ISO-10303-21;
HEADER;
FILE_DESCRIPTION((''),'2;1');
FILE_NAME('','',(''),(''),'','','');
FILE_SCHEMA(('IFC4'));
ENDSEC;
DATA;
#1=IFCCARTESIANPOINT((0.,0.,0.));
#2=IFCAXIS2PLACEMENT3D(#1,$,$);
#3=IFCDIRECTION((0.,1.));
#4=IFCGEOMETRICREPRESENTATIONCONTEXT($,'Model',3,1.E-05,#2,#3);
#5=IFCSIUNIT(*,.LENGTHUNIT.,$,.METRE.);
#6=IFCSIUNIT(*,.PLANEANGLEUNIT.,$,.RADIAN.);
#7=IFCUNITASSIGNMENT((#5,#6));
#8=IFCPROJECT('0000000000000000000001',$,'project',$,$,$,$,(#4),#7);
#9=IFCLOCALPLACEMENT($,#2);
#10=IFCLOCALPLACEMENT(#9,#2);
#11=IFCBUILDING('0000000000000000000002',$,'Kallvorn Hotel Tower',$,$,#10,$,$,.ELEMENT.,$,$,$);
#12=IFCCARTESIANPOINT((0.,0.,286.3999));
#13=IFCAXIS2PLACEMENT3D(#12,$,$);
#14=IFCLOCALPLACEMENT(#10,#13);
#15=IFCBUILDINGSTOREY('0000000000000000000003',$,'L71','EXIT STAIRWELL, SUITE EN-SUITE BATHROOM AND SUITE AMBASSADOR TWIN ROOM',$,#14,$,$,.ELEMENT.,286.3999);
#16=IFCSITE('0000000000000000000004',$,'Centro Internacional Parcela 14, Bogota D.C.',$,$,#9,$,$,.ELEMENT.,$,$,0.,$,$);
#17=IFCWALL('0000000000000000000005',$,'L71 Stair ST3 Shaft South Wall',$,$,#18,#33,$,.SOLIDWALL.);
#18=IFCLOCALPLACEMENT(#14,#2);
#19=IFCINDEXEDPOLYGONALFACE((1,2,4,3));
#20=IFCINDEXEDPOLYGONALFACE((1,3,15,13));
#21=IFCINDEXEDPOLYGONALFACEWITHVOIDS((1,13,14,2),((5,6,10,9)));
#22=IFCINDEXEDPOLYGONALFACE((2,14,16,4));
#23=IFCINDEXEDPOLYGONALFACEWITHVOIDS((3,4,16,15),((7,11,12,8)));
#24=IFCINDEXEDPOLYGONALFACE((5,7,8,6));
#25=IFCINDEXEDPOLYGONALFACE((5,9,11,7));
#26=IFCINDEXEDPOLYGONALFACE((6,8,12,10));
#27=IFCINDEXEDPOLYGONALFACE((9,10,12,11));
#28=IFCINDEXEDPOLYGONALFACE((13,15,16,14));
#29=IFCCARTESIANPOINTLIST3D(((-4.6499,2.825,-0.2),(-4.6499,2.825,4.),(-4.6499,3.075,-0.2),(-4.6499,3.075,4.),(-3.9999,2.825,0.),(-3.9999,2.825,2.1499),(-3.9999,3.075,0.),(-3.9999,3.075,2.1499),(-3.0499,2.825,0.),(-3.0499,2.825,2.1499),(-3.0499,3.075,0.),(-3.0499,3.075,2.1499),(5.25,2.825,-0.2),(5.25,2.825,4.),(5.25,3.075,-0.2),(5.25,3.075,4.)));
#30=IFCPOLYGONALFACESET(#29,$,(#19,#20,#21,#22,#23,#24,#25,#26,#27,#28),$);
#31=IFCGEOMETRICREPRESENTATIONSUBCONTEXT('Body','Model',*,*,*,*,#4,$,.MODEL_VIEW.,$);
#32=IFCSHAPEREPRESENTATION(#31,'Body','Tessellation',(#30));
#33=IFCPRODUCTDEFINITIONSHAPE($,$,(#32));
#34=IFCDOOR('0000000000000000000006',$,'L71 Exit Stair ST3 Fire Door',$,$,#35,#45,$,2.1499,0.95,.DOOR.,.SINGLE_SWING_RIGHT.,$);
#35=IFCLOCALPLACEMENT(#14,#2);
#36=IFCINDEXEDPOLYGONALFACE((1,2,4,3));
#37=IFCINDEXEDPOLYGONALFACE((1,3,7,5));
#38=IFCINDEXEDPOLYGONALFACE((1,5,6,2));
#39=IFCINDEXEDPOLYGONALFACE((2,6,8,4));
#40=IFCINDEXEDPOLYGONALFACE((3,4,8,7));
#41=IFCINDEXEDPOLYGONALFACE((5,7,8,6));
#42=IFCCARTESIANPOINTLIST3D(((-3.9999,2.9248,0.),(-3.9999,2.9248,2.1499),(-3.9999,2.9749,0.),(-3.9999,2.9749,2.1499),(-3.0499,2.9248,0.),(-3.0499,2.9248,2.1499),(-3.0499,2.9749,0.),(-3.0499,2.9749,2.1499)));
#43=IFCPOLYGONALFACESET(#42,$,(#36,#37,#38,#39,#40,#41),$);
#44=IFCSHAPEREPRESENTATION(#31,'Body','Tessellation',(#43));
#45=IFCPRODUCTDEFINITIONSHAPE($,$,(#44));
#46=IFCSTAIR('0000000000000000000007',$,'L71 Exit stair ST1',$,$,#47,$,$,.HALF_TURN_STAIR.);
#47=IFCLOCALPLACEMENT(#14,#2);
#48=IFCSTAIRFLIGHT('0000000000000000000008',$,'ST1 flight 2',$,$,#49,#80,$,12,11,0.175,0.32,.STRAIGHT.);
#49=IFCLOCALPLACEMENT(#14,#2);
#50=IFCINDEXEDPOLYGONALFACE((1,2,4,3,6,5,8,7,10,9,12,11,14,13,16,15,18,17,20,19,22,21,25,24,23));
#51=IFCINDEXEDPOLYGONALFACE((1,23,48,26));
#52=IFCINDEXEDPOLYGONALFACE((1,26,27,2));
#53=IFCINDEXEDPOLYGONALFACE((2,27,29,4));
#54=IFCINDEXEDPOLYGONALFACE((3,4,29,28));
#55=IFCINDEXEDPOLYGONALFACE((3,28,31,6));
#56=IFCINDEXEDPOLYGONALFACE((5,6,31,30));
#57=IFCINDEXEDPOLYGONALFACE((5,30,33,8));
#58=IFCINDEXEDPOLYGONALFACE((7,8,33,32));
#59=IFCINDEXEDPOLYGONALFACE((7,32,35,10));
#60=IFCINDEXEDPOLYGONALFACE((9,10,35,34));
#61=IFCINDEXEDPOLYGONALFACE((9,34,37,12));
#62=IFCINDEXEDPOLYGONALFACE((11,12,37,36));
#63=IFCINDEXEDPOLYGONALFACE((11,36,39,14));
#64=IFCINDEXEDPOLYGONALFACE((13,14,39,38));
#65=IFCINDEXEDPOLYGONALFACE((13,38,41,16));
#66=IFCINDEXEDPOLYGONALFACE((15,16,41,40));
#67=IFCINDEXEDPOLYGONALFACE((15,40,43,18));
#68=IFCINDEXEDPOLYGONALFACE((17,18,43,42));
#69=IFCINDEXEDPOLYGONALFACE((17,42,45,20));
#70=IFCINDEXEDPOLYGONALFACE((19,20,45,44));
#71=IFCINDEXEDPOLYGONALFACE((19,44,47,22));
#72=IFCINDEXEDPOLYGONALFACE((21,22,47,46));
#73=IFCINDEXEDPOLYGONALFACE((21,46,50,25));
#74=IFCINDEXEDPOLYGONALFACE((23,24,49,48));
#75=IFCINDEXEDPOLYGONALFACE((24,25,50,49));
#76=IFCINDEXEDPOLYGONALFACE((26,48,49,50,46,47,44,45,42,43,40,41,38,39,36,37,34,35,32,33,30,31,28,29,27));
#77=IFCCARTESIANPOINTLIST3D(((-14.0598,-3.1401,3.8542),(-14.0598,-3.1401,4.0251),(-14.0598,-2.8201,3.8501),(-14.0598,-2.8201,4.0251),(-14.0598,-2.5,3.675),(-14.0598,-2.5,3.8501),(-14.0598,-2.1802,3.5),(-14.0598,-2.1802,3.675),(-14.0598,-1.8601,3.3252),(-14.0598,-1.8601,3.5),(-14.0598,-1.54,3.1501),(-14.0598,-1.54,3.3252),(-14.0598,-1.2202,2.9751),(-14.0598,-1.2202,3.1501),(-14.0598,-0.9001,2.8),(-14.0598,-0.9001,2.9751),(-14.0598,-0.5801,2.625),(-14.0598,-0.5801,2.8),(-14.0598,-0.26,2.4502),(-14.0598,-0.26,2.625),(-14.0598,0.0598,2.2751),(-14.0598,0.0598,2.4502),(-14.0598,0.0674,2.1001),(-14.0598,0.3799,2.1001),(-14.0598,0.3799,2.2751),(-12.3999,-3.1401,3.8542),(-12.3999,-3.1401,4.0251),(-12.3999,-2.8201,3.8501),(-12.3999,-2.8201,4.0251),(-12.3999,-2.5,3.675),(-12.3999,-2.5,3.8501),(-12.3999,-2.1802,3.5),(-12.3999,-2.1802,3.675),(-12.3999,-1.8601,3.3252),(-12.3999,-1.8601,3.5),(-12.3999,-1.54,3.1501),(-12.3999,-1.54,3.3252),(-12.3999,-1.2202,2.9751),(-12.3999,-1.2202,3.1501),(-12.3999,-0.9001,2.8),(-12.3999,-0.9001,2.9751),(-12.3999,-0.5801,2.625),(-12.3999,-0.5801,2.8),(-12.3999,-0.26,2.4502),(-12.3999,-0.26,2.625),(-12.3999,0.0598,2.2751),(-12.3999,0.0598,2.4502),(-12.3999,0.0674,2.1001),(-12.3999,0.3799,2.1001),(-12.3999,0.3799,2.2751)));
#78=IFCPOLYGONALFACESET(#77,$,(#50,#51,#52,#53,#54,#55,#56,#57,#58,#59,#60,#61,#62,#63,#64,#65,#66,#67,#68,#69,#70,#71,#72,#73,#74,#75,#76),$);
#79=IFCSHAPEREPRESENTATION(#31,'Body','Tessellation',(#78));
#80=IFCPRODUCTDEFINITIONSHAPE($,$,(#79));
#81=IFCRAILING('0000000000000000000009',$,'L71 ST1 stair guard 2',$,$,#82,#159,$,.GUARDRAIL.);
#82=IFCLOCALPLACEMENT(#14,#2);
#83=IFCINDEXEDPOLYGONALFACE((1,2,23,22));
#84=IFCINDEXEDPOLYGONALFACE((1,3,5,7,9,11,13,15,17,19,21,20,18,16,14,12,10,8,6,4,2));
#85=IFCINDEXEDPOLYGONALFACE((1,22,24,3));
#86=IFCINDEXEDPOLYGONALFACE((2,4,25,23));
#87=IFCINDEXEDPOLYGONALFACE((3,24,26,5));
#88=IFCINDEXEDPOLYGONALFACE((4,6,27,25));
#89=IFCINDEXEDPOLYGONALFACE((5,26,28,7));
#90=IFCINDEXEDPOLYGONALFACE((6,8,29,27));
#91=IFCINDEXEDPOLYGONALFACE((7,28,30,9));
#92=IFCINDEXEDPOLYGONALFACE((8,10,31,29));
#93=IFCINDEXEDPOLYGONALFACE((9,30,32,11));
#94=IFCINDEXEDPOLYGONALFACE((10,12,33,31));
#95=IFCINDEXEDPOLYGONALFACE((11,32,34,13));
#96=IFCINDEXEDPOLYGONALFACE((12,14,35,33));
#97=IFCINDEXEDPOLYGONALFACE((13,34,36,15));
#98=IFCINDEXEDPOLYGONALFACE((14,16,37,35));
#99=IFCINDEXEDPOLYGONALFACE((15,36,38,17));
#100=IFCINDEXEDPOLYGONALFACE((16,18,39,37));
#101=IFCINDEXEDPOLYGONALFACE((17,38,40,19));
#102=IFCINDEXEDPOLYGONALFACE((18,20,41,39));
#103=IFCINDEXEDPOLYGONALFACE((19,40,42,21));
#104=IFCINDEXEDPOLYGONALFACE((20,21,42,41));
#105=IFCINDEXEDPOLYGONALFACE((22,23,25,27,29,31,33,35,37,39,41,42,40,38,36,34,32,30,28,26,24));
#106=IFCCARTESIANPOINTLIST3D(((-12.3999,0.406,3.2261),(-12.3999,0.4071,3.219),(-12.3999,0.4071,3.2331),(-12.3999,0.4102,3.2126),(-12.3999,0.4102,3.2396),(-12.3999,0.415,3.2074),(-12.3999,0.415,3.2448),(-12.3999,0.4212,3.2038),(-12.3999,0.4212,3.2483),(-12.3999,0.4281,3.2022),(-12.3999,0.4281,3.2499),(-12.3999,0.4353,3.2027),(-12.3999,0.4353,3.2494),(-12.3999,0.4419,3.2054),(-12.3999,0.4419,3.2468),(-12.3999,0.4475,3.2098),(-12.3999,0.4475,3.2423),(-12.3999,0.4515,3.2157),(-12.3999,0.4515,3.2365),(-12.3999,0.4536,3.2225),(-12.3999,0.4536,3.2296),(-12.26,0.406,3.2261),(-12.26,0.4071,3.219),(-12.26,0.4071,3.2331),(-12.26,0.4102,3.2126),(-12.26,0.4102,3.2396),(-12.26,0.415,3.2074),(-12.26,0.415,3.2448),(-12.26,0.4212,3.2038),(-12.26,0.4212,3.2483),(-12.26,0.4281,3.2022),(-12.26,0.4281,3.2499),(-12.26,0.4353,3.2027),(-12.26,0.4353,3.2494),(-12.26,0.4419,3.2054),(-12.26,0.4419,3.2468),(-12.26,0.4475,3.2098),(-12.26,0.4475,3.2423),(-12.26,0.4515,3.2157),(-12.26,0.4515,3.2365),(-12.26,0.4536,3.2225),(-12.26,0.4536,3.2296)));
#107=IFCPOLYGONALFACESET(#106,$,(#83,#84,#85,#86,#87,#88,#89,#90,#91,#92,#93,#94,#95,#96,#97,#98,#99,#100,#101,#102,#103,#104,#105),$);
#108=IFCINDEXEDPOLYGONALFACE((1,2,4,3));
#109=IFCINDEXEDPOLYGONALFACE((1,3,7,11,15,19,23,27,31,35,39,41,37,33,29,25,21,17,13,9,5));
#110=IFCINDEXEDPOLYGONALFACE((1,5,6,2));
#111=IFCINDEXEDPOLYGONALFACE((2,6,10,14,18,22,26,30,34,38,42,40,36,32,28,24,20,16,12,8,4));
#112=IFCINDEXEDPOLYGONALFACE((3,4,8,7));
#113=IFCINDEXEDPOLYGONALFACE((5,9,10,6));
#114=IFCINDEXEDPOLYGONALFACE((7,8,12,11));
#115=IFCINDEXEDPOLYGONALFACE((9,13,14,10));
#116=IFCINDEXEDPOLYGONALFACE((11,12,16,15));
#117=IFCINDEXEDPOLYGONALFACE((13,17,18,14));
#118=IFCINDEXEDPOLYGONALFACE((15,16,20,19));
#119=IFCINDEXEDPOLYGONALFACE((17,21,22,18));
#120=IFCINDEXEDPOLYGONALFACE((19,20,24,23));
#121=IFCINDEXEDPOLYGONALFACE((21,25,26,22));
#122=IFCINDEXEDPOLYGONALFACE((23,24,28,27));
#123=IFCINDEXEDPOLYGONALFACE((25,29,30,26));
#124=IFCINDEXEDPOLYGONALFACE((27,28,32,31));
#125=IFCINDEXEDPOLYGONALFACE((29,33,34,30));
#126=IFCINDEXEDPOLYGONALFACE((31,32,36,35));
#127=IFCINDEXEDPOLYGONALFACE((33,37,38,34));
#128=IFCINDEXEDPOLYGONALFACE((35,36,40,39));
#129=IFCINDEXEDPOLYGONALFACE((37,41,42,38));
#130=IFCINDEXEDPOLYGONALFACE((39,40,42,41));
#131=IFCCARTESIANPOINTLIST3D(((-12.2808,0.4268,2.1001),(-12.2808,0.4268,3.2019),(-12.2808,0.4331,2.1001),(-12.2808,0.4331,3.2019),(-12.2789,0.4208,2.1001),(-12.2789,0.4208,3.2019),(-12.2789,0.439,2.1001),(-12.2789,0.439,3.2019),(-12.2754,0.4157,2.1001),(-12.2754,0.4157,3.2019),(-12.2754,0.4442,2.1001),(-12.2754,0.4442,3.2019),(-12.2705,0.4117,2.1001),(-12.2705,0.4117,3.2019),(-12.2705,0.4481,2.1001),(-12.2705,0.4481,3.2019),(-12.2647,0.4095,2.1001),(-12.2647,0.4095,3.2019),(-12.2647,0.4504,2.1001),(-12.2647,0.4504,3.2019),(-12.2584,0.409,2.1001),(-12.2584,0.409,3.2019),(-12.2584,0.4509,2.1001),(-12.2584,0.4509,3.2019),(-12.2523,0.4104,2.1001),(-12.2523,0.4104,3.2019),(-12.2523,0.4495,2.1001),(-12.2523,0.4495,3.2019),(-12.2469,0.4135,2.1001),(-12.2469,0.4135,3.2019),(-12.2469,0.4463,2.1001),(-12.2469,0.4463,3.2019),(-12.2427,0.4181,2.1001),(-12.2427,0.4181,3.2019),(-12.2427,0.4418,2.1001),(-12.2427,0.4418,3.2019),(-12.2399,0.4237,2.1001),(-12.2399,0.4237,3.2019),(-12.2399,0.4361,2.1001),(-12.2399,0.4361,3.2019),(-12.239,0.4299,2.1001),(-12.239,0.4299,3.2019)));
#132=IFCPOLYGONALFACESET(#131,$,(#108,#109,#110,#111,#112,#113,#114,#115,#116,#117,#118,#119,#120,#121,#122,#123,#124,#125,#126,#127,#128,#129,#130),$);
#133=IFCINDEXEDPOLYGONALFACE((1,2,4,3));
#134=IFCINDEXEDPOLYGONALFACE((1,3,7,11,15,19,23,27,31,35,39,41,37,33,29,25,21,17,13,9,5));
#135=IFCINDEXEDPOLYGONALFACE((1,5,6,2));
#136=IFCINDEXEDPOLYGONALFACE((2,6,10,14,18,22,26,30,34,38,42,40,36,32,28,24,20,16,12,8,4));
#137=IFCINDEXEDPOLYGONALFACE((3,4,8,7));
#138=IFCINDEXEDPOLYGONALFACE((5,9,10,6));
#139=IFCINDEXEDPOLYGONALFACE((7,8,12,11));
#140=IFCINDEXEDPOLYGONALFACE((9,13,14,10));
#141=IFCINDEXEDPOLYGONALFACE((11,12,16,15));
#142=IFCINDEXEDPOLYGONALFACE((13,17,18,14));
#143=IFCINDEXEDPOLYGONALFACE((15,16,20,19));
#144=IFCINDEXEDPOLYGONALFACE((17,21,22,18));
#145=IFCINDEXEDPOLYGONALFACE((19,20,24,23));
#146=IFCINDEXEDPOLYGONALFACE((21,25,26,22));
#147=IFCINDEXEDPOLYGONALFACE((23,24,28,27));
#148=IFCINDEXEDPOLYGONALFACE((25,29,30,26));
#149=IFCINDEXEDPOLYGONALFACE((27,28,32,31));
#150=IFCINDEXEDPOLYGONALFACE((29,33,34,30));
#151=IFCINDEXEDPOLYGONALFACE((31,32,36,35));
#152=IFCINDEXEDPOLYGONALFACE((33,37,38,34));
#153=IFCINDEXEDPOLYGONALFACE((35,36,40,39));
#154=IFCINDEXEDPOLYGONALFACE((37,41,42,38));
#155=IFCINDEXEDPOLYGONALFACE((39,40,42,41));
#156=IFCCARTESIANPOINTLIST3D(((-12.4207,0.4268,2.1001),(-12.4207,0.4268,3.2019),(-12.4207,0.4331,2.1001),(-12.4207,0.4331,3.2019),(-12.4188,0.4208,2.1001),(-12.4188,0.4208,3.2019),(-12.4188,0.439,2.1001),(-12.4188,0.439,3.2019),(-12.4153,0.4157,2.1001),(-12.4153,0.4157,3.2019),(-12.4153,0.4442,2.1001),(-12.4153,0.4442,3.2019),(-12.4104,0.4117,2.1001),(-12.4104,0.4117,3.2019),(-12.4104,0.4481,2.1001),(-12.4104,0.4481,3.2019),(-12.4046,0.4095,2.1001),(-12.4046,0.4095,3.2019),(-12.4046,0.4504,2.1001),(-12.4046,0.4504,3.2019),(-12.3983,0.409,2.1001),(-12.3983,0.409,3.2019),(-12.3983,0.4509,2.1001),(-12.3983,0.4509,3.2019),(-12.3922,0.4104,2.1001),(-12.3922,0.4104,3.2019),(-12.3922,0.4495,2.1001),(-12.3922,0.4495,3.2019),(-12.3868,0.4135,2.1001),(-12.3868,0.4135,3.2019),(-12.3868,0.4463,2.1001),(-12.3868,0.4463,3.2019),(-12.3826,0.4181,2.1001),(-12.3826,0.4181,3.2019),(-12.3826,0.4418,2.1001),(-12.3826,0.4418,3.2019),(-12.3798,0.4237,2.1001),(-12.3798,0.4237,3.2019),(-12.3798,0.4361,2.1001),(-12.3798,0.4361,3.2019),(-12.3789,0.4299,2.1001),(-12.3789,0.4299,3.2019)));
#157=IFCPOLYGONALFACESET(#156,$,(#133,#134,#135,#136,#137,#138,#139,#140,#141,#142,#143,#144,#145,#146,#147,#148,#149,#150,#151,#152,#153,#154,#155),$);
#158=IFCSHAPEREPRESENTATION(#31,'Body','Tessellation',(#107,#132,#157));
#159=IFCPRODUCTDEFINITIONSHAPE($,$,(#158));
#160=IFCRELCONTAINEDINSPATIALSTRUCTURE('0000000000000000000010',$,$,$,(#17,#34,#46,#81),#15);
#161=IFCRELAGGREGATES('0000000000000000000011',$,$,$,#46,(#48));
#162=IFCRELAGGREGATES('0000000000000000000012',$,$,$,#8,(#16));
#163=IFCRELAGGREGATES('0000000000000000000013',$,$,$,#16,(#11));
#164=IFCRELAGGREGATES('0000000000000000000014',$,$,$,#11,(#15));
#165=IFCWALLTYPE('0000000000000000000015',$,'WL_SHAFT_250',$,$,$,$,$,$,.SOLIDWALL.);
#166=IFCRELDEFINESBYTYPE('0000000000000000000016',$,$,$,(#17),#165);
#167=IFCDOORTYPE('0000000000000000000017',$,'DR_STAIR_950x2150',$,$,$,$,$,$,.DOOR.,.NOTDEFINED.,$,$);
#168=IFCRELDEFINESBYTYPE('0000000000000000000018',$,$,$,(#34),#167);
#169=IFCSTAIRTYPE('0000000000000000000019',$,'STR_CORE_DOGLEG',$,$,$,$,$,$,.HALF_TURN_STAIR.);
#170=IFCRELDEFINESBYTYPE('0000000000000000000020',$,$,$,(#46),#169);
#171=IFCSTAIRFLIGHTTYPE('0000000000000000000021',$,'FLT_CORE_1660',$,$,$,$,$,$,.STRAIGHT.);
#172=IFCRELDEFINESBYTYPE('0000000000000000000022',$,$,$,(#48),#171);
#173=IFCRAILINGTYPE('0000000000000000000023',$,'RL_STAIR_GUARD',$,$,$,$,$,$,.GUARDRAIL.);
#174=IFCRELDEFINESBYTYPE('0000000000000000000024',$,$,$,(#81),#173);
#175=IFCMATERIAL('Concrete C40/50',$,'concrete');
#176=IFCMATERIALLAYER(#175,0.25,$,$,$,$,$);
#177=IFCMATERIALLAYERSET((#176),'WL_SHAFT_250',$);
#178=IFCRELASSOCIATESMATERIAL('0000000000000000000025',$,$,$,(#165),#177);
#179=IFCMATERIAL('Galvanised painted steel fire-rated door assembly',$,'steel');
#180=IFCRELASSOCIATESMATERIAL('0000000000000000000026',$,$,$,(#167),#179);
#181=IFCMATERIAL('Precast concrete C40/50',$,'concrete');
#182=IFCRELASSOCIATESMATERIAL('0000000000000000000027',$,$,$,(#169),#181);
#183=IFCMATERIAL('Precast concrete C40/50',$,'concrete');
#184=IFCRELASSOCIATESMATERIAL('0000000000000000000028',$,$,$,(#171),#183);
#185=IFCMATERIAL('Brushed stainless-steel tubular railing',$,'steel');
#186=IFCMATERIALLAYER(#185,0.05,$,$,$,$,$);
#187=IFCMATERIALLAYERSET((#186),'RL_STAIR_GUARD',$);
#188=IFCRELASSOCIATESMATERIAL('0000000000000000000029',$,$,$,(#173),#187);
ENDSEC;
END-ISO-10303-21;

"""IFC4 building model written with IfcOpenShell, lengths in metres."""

from ifc_helpers import new_model, si_unit, direction, frame, frame_2d, origin, origin_2d, place, context, subcontext, project, spatial, polyline, rectangle, circle, outline, extrude, material, layer, layer_set, type_object, element, fill, aggregate, save


model = new_model("IFC4")

# Units and contexts
model_context = context("Model", 3, precision=1e-05, world=origin(), true_north=direction((0.0, 1.0)))
body_context = subcontext(model_context, "Body", "Model", "MODEL_VIEW")
ifc_project = project(units=[si_unit("LENGTHUNIT", "METRE"), si_unit("PLANEANGLEUNIT", "RADIAN")], contexts=[model_context])

# Site, building, storey
site_placement = place(None, origin())
site = spatial("IfcSite", under=ifc_project, at=site_placement, Name="Centro Internacional Parcela 14, Bogota D.C.", CompositionType="ELEMENT", RefElevation=0.0)
building_placement = place(site_placement, origin())
building = spatial("IfcBuilding", under=site, at=building_placement, Name="Kallvorn Hotel Tower", CompositionType="ELEMENT")
storey_placement = place(building_placement, frame((0.0, 0.0, 286.3999)))
storey = spatial("IfcBuildingStorey", under=building, at=storey_placement, Name="L71", Description="EXIT STAIRWELL, SUITE EN-SUITE BATHROOM AND SUITE AMBASSADOR TWIN ROOM", CompositionType="ELEMENT", Elevation=286.3999)

# Wall, opening, door
ifc_material_1 = material(Name="Concrete C40/50", Category="concrete")
ifc_layer_1 = layer(ifc_material_1, 0.25)
ifc_layer_set_1 = layer_set([ifc_layer_1], Name="WL_SHAFT_250")
wall_type_1 = type_object("IfcWallType", Name="WL_SHAFT_250", PredefinedType="SOLIDWALL", material=ifc_layer_set_1)
wall_1_placement = place(storey_placement, frame((-4.6499, 2.95, -0.2), z_axis=(0.0, 0.0, 1.0), x_axis=(1.0, 0.0, 0.0)))
wall_1 = element("IfcWall", 1, at=wall_1_placement, inside=storey, type_object=wall_type_1, Name="L71 Stair ST3 Shaft South Wall", PredefinedType="SOLIDWALL", context=body_context, shape_type="SweptSolid", body=[
    extrude(rectangle(XDim=9.8999, YDim=0.25, at=frame_2d((4.95, 0.0))), origin(), (0.0, 0.0, 1.0), 4.2),
])
opening_1_placement = place(wall_1_placement, frame((0.6499, 0.0, 0.2)))
opening_1 = element("IfcOpeningElement", 2, at=opening_1_placement, cuts=wall_1, PredefinedType="OPENING", context=body_context, shape_type="SweptSolid", body=[
    extrude(rectangle(XDim=0.95, YDim=2.1499, at=frame_2d((0.4751, 1.075))), frame((0.0, 0.1399, 0.0), z_axis=(0.0, -1.0, 0.0), x_axis=(1.0, 0.0, 0.0)), (0.0, 0.0, 1.0), 0.28),
])
ifc_material_2 = material(Name="Galvanised painted steel fire-rated door assembly", Category="steel")
door_type_1 = type_object("IfcDoorType", Name="DR_STAIR_950x2150", OperationType="NOTDEFINED", PredefinedType="DOOR", material=ifc_material_2)
door_1_placement = place(opening_1_placement, origin())
door_1 = element("IfcDoor", 3, at=door_1_placement, inside=storey, type_object=door_type_1, Name="L71 Exit Stair ST3 Fire Door", OperationType="SINGLE_SWING_RIGHT", OverallHeight=2.1499, OverallWidth=0.95, PredefinedType="DOOR", context=body_context, shape_type="SweptSolid", body=[
    extrude(rectangle(XDim=0.95, YDim=2.1499, at=frame_2d((0.4751, 1.075))), frame((0.0, 0.0249, 0.0), z_axis=(0.0, -1.0, 0.0), x_axis=(1.0, 0.0, 0.0)), (0.0, 0.0, 1.0), 0.05),
])
fill(opening_1, door_1)

# Stair, stair flight
ifc_material_3 = material(Name="Precast concrete C40/50", Category="concrete")
stair_type = type_object("IfcStairType", Name="STR_CORE_DOGLEG", PredefinedType="HALF_TURN_STAIR", material=ifc_material_3)
stair_placement = place(storey_placement, origin())
stair = element("IfcStair", 4, at=stair_placement, inside=storey, type_object=stair_type, Name="L71 Exit stair ST1", PredefinedType="HALF_TURN_STAIR")
ifc_material_4 = material(Name="Precast concrete C40/50", Category="concrete")
stair_flight_type = type_object("IfcStairFlightType", Name="FLT_CORE_1660", PredefinedType="STRAIGHT", material=ifc_material_4)
stair_flight_placement = place(storey_placement, frame((-13.23, 0.3799, 2.1001), z_axis=(0.0, 0.0, 1.0), x_axis=(0.0, -1.0, 0.0)))
stair_flight = element("IfcStairFlight", 5, at=stair_flight_placement, type_object=stair_flight_type, Name="ST1 flight 2", NumberOfRisers=12, NumberOfTreads=11, PredefinedType="STRAIGHT", RiserHeight=0.175, TreadLength=0.32, context=body_context, shape_type="SweptSolid", body=[
    extrude(outline(polyline([(0.0, 0.0), (0.0, 0.175), (0.3201, 0.175), (0.3201, 0.3501), (0.6399, 0.3501), (0.6399, 0.5249), (0.96, 0.5249), (0.96, 0.7), (1.28, 0.7), (1.28, 0.875), (1.6001, 0.875), (1.6001, 1.05), (1.9199, 1.05), (1.9199, 1.2251), (2.24, 1.2251), (2.24, 1.3999), (2.5601, 1.3999), (2.5601, 1.575), (2.8799, 1.575), (2.8799, 1.75), (3.2, 1.75), (3.2, 1.925), (3.52, 1.925), (3.52, 2.1001), (3.52, 1.7542), (0.3125, 0.0), (0.0, 0.0)])), frame((0.0, 0.8301, 0.0), z_axis=(0.0, -1.0, 0.0), x_axis=(1.0, 0.0, 0.0)), (0.0, 0.0, 1.0), 1.6599),
])
aggregate(stair, [stair_flight])

# Railing
ifc_material_5 = material(Name="Brushed stainless-steel tubular railing", Category="steel")
ifc_layer_2 = layer(ifc_material_5, 0.05)
ifc_layer_set_2 = layer_set([ifc_layer_2], Name="RL_STAIR_GUARD")
railing_type_1 = type_object("IfcRailingType", Name="RL_STAIR_GUARD", PredefinedType="GUARDRAIL", material=ifc_layer_set_2)
railing_1_placement = place(storey_placement, frame((-12.26, 0.4299, 2.1001)))
element("IfcRailing", 6, at=railing_1_placement, inside=storey, type_object=railing_type_1, Name="L71 ST1 stair guard 2", PredefinedType="GUARDRAIL", context=body_context, shape_type="SweptSolid", body=[
    extrude(circle(Radius=0.0239, at=origin_2d()), frame((0.0, 0.0, 1.126), z_axis=(-1.0, 0.0, 0.0), x_axis=(0.0, -1.0, 0.0)), (0.0, 0.0, 1.0), 0.1399),
    extrude(circle(Radius=0.021, at=origin_2d()), origin(), (0.0, 0.0, 1.0), 1.1018),
    extrude(circle(Radius=0.021, at=origin_2d()), frame((-0.1399, 0.0, 0.0)), (0.0, 0.0, 1.0), 1.1018),
])

save(model, "model.ifc")
